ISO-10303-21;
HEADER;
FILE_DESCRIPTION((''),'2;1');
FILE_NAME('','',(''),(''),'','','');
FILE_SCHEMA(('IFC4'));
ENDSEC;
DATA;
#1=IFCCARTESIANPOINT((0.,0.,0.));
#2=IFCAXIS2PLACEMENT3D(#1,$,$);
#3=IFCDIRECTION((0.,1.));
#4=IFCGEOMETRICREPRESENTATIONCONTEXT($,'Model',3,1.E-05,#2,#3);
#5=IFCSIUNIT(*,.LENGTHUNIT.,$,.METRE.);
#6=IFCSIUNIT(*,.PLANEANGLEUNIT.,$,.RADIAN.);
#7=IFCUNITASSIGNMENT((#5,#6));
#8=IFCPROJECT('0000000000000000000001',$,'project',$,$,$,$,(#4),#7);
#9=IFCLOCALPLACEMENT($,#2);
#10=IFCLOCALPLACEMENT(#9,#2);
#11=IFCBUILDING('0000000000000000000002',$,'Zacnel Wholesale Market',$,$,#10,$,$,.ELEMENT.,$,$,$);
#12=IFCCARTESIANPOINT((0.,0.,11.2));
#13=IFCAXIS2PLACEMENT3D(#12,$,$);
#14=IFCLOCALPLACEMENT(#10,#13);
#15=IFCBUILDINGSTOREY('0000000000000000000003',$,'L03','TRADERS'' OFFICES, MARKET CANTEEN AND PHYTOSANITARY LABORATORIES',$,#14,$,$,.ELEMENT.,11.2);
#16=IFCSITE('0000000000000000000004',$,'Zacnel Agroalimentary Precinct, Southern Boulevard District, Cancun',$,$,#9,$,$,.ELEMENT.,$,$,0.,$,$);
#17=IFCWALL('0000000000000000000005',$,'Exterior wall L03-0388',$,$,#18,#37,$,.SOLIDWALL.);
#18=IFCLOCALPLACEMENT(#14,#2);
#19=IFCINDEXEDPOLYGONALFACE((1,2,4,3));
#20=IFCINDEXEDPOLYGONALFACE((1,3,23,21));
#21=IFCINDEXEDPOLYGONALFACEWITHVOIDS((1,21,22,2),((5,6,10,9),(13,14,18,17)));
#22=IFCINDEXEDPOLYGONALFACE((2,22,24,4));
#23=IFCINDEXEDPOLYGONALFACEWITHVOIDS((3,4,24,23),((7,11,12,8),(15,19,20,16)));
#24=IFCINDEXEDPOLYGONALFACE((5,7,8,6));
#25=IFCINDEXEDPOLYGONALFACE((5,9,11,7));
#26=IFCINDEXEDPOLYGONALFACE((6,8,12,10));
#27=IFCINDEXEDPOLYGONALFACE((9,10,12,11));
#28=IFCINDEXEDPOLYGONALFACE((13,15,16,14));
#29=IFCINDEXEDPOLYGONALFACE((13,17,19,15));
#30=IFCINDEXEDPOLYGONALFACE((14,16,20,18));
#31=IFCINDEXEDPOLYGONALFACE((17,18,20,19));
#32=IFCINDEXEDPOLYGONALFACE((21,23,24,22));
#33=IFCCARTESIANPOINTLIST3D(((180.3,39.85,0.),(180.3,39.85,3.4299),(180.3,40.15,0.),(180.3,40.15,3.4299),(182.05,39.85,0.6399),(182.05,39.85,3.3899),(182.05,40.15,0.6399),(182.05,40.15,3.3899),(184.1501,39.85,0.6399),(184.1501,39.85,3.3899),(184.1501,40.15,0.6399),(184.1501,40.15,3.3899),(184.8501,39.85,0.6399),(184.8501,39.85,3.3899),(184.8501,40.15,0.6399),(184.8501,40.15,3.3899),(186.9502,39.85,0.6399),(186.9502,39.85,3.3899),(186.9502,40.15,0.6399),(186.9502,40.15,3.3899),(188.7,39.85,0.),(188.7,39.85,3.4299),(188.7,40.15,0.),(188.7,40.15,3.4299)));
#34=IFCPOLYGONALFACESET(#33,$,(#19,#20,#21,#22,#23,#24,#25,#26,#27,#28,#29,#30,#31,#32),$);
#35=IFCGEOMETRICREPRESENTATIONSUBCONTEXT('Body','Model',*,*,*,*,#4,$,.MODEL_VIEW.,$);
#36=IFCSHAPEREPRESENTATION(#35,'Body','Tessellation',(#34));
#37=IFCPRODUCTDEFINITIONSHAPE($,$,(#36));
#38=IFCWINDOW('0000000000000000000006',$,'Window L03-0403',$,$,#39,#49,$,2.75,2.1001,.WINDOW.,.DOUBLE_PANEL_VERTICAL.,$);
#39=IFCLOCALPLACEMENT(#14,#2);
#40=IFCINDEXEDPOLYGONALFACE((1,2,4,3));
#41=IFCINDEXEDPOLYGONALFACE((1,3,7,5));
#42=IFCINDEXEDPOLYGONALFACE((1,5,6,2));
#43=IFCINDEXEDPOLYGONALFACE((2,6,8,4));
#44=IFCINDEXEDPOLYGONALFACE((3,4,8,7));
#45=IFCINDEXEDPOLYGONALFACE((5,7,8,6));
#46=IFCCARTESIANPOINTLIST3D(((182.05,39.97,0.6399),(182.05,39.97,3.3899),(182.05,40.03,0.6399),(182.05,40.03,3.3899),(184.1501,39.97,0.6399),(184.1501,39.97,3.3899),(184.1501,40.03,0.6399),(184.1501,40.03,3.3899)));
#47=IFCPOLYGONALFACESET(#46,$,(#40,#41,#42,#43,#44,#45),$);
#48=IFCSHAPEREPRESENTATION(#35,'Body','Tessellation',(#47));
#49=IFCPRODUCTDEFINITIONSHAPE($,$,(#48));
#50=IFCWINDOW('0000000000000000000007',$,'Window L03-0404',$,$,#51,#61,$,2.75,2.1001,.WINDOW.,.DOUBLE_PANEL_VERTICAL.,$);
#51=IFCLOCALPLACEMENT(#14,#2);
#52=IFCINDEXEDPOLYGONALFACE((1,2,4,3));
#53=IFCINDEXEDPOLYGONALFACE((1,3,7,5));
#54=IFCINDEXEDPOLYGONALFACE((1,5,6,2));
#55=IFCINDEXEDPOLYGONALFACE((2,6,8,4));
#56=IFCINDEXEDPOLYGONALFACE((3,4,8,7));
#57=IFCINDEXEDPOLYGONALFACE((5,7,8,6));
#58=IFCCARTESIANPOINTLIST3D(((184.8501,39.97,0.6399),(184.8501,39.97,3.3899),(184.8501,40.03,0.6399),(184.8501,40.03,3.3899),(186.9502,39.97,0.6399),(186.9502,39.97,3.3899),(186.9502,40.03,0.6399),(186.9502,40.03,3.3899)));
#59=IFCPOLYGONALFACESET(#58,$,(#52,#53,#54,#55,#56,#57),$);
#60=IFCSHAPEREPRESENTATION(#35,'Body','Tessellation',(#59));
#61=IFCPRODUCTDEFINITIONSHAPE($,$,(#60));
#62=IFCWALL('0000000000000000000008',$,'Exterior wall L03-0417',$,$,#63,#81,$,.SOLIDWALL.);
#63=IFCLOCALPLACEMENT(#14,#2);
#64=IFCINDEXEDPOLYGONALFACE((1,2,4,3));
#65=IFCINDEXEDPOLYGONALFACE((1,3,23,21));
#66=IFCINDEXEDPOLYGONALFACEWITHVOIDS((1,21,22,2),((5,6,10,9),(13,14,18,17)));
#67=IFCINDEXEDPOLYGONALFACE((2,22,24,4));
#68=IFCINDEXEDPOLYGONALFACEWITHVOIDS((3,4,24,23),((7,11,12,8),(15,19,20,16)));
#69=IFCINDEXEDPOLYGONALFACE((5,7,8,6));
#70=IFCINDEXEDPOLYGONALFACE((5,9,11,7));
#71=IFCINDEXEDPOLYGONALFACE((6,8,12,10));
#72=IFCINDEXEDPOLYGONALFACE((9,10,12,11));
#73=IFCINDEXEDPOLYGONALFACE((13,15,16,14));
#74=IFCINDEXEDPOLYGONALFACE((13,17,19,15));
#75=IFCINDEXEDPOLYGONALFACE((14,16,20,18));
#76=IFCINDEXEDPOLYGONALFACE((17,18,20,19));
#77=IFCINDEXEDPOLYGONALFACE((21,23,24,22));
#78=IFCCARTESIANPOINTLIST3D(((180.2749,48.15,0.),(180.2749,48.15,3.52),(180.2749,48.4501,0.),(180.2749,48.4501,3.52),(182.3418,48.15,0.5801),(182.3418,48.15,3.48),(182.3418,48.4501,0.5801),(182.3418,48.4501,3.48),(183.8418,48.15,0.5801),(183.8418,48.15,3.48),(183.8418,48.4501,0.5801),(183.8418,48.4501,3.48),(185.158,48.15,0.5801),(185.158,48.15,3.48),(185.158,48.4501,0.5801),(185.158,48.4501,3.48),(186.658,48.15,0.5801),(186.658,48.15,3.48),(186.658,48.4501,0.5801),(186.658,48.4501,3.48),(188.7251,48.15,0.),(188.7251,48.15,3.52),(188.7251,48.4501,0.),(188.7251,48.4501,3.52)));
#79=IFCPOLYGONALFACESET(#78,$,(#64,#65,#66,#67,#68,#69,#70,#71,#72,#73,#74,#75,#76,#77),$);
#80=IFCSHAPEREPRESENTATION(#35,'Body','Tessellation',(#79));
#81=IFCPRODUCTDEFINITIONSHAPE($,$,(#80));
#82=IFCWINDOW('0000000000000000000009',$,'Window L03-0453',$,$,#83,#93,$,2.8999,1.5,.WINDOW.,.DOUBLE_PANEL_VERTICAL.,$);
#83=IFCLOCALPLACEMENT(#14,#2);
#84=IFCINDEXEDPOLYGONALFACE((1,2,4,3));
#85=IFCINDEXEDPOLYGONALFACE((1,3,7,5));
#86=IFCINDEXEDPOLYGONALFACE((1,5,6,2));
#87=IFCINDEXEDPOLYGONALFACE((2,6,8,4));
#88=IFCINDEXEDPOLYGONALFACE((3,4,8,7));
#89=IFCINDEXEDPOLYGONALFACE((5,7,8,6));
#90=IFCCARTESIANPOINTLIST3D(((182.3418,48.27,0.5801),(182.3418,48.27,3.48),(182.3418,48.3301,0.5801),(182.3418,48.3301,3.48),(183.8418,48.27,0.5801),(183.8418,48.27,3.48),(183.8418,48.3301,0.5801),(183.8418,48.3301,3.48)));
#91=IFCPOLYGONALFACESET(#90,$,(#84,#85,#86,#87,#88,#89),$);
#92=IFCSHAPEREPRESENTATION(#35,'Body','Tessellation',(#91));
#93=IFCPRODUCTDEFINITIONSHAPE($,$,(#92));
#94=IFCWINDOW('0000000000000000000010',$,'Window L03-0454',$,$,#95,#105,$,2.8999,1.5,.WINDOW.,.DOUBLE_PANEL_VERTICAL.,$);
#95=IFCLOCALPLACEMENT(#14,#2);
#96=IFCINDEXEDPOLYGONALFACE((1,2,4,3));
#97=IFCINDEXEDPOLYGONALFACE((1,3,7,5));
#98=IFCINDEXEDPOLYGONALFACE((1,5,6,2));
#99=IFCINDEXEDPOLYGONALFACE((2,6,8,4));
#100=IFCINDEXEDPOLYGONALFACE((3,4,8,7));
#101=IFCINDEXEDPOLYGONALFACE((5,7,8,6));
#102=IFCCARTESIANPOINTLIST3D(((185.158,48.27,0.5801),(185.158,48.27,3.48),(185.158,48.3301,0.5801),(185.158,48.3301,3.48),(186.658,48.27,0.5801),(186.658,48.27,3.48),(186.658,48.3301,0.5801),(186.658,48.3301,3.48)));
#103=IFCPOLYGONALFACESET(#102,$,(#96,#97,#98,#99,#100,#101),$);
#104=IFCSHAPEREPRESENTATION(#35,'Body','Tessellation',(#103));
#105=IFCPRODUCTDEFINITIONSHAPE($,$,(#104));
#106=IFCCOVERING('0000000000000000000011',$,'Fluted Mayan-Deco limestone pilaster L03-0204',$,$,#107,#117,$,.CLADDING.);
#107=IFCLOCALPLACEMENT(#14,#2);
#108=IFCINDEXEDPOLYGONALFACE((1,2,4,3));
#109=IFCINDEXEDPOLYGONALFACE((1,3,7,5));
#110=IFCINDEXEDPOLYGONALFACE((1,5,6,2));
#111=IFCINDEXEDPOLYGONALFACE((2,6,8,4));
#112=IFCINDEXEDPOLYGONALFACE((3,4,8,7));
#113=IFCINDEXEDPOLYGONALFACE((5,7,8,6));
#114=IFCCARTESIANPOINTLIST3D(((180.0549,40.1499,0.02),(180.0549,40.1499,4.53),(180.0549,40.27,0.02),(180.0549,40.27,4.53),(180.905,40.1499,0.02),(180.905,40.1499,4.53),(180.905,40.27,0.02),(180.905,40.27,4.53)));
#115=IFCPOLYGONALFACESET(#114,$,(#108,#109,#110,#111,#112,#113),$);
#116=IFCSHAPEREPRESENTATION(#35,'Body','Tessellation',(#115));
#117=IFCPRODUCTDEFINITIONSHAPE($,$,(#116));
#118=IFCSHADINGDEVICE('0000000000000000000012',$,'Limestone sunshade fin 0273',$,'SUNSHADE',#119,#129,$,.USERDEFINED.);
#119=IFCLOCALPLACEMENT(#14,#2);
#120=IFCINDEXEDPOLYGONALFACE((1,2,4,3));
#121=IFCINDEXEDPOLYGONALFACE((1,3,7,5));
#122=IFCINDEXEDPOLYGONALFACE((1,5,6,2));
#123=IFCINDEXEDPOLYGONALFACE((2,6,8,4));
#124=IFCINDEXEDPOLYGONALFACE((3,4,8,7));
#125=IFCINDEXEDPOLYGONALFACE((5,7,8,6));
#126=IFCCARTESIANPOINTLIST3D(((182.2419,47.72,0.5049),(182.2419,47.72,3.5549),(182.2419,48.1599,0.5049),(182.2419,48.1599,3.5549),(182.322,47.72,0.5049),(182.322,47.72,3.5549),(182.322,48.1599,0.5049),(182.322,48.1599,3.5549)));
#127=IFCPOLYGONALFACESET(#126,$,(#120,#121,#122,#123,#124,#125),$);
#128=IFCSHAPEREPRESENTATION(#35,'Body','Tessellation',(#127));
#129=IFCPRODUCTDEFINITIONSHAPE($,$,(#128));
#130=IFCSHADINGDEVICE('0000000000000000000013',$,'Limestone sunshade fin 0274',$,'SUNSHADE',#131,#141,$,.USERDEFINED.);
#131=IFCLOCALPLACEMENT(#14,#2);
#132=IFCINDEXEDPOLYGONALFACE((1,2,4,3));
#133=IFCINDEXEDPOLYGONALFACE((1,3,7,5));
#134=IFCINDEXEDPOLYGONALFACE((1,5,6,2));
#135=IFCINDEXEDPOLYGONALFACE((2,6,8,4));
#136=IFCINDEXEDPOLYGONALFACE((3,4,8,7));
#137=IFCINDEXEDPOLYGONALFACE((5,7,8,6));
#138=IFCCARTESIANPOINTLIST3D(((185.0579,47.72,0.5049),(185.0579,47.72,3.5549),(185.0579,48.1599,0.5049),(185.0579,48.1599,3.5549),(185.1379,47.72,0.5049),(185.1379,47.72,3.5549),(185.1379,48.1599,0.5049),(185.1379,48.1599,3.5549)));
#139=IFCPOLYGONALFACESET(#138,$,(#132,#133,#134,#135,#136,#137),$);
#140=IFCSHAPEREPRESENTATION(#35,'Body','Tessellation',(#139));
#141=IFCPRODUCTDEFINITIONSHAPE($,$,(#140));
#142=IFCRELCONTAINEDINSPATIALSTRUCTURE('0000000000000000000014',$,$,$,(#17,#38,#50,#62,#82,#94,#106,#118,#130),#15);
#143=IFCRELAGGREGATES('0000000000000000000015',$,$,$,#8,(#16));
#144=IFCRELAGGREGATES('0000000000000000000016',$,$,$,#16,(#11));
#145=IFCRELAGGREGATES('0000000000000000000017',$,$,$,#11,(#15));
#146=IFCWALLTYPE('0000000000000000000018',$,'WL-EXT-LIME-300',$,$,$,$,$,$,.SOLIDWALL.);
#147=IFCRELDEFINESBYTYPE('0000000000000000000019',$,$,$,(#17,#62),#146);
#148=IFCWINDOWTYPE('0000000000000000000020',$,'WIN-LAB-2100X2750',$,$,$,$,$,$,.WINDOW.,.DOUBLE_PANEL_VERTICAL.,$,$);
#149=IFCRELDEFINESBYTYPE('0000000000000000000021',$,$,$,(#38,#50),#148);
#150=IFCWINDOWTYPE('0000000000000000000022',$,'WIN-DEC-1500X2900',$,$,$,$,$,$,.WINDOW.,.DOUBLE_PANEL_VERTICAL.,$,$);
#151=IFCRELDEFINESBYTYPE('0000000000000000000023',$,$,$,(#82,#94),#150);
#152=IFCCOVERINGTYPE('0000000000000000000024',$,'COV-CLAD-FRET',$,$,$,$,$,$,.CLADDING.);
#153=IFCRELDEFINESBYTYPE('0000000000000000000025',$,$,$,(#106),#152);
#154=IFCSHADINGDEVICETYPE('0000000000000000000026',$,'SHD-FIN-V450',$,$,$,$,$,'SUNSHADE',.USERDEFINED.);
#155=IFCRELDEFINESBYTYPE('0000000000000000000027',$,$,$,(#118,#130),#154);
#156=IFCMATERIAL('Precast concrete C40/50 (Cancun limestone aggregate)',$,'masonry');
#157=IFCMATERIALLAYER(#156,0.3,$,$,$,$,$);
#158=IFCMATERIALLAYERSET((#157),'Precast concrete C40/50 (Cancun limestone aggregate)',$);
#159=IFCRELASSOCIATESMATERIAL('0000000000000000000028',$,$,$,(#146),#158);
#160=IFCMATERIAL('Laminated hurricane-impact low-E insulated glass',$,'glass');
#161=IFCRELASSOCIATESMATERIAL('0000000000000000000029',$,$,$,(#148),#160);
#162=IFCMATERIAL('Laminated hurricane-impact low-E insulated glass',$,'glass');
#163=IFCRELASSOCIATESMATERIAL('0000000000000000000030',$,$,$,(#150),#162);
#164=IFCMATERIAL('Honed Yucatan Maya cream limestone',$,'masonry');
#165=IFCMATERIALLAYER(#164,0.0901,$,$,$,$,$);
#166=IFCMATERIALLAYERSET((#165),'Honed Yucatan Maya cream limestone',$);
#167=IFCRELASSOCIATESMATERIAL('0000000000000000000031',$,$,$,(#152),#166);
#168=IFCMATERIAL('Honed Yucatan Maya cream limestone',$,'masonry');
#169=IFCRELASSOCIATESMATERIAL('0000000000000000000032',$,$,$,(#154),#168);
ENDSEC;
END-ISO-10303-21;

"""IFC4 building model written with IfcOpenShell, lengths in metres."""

from ifc_helpers import new_model, si_unit, direction, frame, frame_2d, origin, origin_2d, place, context, subcontext, project, spatial, rectangle, extrude, material, layer, layer_set, type_object, element, fill, save


model = new_model("IFC4")

# Units and contexts
model_context = context("Model", 3, precision=1e-05, world=origin(), true_north=direction((0.0, 1.0)))
body_context = subcontext(model_context, "Body", "Model", "MODEL_VIEW")
ifc_project = project(units=[si_unit("LENGTHUNIT", "METRE"), si_unit("PLANEANGLEUNIT", "RADIAN")], contexts=[model_context])

# Site, building, storey
site_placement = place(None, origin())
site = spatial("IfcSite", under=ifc_project, at=site_placement, Name="Zacnel Agroalimentary Precinct, Southern Boulevard District, Cancun", CompositionType="ELEMENT", RefElevation=0.0)
building_placement = place(site_placement, origin())
building = spatial("IfcBuilding", under=site, at=building_placement, Name="Zacnel Wholesale Market", CompositionType="ELEMENT")
storey_placement = place(building_placement, frame((0.0, 0.0, 11.2)))
storey = spatial("IfcBuildingStorey", under=building, at=storey_placement, Name="L03", Description="TRADERS' OFFICES, MARKET CANTEEN AND PHYTOSANITARY LABORATORIES", CompositionType="ELEMENT", Elevation=11.2)

# Walls, openings, windows
ifc_material_1 = material(Name="Precast concrete C40/50 (Cancun limestone aggregate)", Category="masonry")
ifc_layer_1 = layer(ifc_material_1, 0.3)
ifc_layer_set_1 = layer_set([ifc_layer_1], Name="Precast concrete C40/50 (Cancun limestone aggregate)")
wall_type = type_object("IfcWallType", Name="WL-EXT-LIME-300", PredefinedType="SOLIDWALL", material=ifc_layer_set_1)
wall_1_placement = place(storey_placement, frame((180.3, 40.0, 0.0), z_axis=(0.0, 0.0, 1.0), x_axis=(1.0, 0.0, 0.0)))
wall_1 = element("IfcWall", 1, at=wall_1_placement, inside=storey, type_object=wall_type, Name="Exterior wall L03-0388", PredefinedType="SOLIDWALL", context=body_context, shape_type="SweptSolid", body=[
    extrude(rectangle(XDim=8.3999, YDim=0.3, at=frame_2d((4.2, 0.0))), origin(), (0.0, 0.0, 1.0), 3.4299),
])
opening_1_placement = place(wall_1_placement, frame((1.75, 0.0, 0.6399)))
opening_1 = element("IfcOpeningElement", 2, at=opening_1_placement, cuts=wall_1, PredefinedType="OPENING", context=body_context, shape_type="SweptSolid", body=[
    extrude(rectangle(XDim=2.1001, YDim=2.75, at=frame_2d((1.05, 1.375))), frame((0.0, 0.1599, 0.0), z_axis=(0.0, -1.0, 0.0), x_axis=(1.0, 0.0, 0.0)), (0.0, 0.0, 1.0), 0.3201),
])
opening_2_placement = place(wall_1_placement, frame((4.55, 0.0, 0.6399)))
opening_2 = element("IfcOpeningElement", 3, at=opening_2_placement, cuts=wall_1, PredefinedType="OPENING", context=body_context, shape_type="SweptSolid", body=[
    extrude(rectangle(XDim=2.1001, YDim=2.75, at=frame_2d((1.05, 1.375))), frame((0.0, 0.1599, 0.0), z_axis=(0.0, -1.0, 0.0), x_axis=(1.0, 0.0, 0.0)), (0.0, 0.0, 1.0), 0.3201),
])
ifc_material_2 = material(Name="Laminated hurricane-impact low-E insulated glass", Category="glass")
window_type_1 = type_object("IfcWindowType", Name="WIN-LAB-2100X2750", PartitioningType="DOUBLE_PANEL_VERTICAL", PredefinedType="WINDOW", material=ifc_material_2)
window_1_placement = place(opening_1_placement, origin())
window_1 = element("IfcWindow", 4, at=window_1_placement, inside=storey, type_object=window_type_1, Name="Window L03-0403", OverallHeight=2.75, OverallWidth=2.1001, PartitioningType="DOUBLE_PANEL_VERTICAL", PredefinedType="WINDOW", context=body_context, shape_type="SweptSolid", body=[
    extrude(rectangle(XDim=2.1001, YDim=2.75, at=frame_2d((1.05, 1.375))), frame((0.0, 0.03, 0.0), z_axis=(0.0, -1.0, 0.0), x_axis=(1.0, 0.0, 0.0)), (0.0, 0.0, 1.0), 0.0601),
])
fill(opening_1, window_1)
window_2_placement = place(opening_2_placement, origin())
window_2 = element("IfcWindow", 5, at=window_2_placement, inside=storey, type_object=window_type_1, Name="Window L03-0404", OverallHeight=2.75, OverallWidth=2.1001, PartitioningType="DOUBLE_PANEL_VERTICAL", PredefinedType="WINDOW", context=body_context, shape_type="SweptSolid", body=[
    extrude(rectangle(XDim=2.1001, YDim=2.75, at=frame_2d((1.05, 1.375))), frame((0.0, 0.03, 0.0), z_axis=(0.0, -1.0, 0.0), x_axis=(1.0, 0.0, 0.0)), (0.0, 0.0, 1.0), 0.0601),
])
fill(opening_2, window_2)
wall_2_placement = place(storey_placement, frame((180.2749, 48.3, 0.0), z_axis=(0.0, 0.0, 1.0), x_axis=(1.0, 0.0, 0.0)))
wall_2 = element("IfcWall", 6, at=wall_2_placement, inside=storey, type_object=wall_type, Name="Exterior wall L03-0417", PredefinedType="SOLIDWALL", context=body_context, shape_type="SweptSolid", body=[
    extrude(rectangle(XDim=8.4502, YDim=0.3, at=frame_2d((4.2251, 0.0))), origin(), (0.0, 0.0, 1.0), 3.52),
])
opening_3_placement = place(wall_2_placement, frame((2.0669, 0.0, 0.5801)))
opening_3 = element("IfcOpeningElement", 7, at=opening_3_placement, cuts=wall_2, PredefinedType="OPENING", context=body_context, shape_type="SweptSolid", body=[
    extrude(rectangle(XDim=1.5, YDim=2.8999, at=frame_2d((0.75, 1.45))), frame((0.0, 0.1599, 0.0), z_axis=(0.0, -1.0, 0.0), x_axis=(1.0, 0.0, 0.0)), (0.0, 0.0, 1.0), 0.3201),
])
opening_4_placement = place(wall_2_placement, frame((4.8831, 0.0, 0.5801)))
opening_4 = element("IfcOpeningElement", 8, at=opening_4_placement, cuts=wall_2, PredefinedType="OPENING", context=body_context, shape_type="SweptSolid", body=[
    extrude(rectangle(XDim=1.5, YDim=2.8999, at=frame_2d((0.75, 1.45))), frame((0.0, 0.1599, 0.0), z_axis=(0.0, -1.0, 0.0), x_axis=(1.0, 0.0, 0.0)), (0.0, 0.0, 1.0), 0.3201),
])
ifc_material_3 = material(Name="Laminated hurricane-impact low-E insulated glass", Category="glass")
window_type_2 = type_object("IfcWindowType", Name="WIN-DEC-1500X2900", PartitioningType="DOUBLE_PANEL_VERTICAL", PredefinedType="WINDOW", material=ifc_material_3)
window_3_placement = place(opening_3_placement, origin())
window_3 = element("IfcWindow", 9, at=window_3_placement, inside=storey, type_object=window_type_2, Name="Window L03-0453", OverallHeight=2.8999, OverallWidth=1.5, PartitioningType="DOUBLE_PANEL_VERTICAL", PredefinedType="WINDOW", context=body_context, shape_type="SweptSolid", body=[
    extrude(rectangle(XDim=1.5, YDim=2.8999, at=frame_2d((0.75, 1.45))), frame((0.0, 0.03, 0.0), z_axis=(0.0, -1.0, 0.0), x_axis=(1.0, 0.0, 0.0)), (0.0, 0.0, 1.0), 0.0601),
])
fill(opening_3, window_3)
window_4_placement = place(opening_4_placement, origin())
window_4 = element("IfcWindow", 10, at=window_4_placement, inside=storey, type_object=window_type_2, Name="Window L03-0454", OverallHeight=2.8999, OverallWidth=1.5, PartitioningType="DOUBLE_PANEL_VERTICAL", PredefinedType="WINDOW", context=body_context, shape_type="SweptSolid", body=[
    extrude(rectangle(XDim=1.5, YDim=2.8999, at=frame_2d((0.75, 1.45))), frame((0.0, 0.03, 0.0), z_axis=(0.0, -1.0, 0.0), x_axis=(1.0, 0.0, 0.0)), (0.0, 0.0, 1.0), 0.0601),
])
fill(opening_4, window_4)

# Covering
ifc_material_4 = material(Name="Honed Yucatan Maya cream limestone", Category="masonry")
ifc_layer_2 = layer(ifc_material_4, 0.0901)
ifc_layer_set_2 = layer_set([ifc_layer_2], Name="Honed Yucatan Maya cream limestone")
covering_type = type_object("IfcCoveringType", Name="COV-CLAD-FRET", PredefinedType="CLADDING", material=ifc_layer_set_2)
covering_placement = place(storey_placement, frame((180.48, 40.21, 0.02), z_axis=(0.0, 0.0, 1.0), x_axis=(1.0, 0.0, 0.0)))
element("IfcCovering", 11, at=covering_placement, inside=storey, type_object=covering_type, Name="Fluted Mayan-Deco limestone pilaster L03-0204", PredefinedType="CLADDING", context=body_context, shape_type="SweptSolid", body=[
    extrude(rectangle(XDim=0.8501, YDim=0.1201, at=origin_2d()), origin(), (0.0, 0.0, 1.0), 4.51),
])

# Shading devices
ifc_material_5 = material(Name="Honed Yucatan Maya cream limestone", Category="masonry")
shading_device_type = type_object("IfcShadingDeviceType", Name="SHD-FIN-V450", ElementType="SUNSHADE", PredefinedType="USERDEFINED", material=ifc_material_5)
for number, where, z_axis, x_axis, name in (
    (12, (182.282, 47.9399, 0.5049), (0.0, 0.0, 1.0), (1.0, 0.0, 0.0), "Limestone sunshade fin 0273"),
    (13, (185.0979, 47.9399, 0.5049), (0.0, 0.0, 1.0), (1.0, 0.0, 0.0), "Limestone sunshade fin 0274"),
):
    element("IfcShadingDevice", number, at=place(storey_placement, frame(where, z_axis=z_axis, x_axis=x_axis)), inside=storey, type_object=shading_device_type, Name=name, ObjectType="SUNSHADE", PredefinedType="USERDEFINED", context=body_context, shape_type="SweptSolid", body=[
        extrude(rectangle(XDim=0.0801, YDim=0.4399, at=origin_2d()), origin(), (0.0, 0.0, 1.0), 3.05),
    ])

save(model, "model.ifc")
